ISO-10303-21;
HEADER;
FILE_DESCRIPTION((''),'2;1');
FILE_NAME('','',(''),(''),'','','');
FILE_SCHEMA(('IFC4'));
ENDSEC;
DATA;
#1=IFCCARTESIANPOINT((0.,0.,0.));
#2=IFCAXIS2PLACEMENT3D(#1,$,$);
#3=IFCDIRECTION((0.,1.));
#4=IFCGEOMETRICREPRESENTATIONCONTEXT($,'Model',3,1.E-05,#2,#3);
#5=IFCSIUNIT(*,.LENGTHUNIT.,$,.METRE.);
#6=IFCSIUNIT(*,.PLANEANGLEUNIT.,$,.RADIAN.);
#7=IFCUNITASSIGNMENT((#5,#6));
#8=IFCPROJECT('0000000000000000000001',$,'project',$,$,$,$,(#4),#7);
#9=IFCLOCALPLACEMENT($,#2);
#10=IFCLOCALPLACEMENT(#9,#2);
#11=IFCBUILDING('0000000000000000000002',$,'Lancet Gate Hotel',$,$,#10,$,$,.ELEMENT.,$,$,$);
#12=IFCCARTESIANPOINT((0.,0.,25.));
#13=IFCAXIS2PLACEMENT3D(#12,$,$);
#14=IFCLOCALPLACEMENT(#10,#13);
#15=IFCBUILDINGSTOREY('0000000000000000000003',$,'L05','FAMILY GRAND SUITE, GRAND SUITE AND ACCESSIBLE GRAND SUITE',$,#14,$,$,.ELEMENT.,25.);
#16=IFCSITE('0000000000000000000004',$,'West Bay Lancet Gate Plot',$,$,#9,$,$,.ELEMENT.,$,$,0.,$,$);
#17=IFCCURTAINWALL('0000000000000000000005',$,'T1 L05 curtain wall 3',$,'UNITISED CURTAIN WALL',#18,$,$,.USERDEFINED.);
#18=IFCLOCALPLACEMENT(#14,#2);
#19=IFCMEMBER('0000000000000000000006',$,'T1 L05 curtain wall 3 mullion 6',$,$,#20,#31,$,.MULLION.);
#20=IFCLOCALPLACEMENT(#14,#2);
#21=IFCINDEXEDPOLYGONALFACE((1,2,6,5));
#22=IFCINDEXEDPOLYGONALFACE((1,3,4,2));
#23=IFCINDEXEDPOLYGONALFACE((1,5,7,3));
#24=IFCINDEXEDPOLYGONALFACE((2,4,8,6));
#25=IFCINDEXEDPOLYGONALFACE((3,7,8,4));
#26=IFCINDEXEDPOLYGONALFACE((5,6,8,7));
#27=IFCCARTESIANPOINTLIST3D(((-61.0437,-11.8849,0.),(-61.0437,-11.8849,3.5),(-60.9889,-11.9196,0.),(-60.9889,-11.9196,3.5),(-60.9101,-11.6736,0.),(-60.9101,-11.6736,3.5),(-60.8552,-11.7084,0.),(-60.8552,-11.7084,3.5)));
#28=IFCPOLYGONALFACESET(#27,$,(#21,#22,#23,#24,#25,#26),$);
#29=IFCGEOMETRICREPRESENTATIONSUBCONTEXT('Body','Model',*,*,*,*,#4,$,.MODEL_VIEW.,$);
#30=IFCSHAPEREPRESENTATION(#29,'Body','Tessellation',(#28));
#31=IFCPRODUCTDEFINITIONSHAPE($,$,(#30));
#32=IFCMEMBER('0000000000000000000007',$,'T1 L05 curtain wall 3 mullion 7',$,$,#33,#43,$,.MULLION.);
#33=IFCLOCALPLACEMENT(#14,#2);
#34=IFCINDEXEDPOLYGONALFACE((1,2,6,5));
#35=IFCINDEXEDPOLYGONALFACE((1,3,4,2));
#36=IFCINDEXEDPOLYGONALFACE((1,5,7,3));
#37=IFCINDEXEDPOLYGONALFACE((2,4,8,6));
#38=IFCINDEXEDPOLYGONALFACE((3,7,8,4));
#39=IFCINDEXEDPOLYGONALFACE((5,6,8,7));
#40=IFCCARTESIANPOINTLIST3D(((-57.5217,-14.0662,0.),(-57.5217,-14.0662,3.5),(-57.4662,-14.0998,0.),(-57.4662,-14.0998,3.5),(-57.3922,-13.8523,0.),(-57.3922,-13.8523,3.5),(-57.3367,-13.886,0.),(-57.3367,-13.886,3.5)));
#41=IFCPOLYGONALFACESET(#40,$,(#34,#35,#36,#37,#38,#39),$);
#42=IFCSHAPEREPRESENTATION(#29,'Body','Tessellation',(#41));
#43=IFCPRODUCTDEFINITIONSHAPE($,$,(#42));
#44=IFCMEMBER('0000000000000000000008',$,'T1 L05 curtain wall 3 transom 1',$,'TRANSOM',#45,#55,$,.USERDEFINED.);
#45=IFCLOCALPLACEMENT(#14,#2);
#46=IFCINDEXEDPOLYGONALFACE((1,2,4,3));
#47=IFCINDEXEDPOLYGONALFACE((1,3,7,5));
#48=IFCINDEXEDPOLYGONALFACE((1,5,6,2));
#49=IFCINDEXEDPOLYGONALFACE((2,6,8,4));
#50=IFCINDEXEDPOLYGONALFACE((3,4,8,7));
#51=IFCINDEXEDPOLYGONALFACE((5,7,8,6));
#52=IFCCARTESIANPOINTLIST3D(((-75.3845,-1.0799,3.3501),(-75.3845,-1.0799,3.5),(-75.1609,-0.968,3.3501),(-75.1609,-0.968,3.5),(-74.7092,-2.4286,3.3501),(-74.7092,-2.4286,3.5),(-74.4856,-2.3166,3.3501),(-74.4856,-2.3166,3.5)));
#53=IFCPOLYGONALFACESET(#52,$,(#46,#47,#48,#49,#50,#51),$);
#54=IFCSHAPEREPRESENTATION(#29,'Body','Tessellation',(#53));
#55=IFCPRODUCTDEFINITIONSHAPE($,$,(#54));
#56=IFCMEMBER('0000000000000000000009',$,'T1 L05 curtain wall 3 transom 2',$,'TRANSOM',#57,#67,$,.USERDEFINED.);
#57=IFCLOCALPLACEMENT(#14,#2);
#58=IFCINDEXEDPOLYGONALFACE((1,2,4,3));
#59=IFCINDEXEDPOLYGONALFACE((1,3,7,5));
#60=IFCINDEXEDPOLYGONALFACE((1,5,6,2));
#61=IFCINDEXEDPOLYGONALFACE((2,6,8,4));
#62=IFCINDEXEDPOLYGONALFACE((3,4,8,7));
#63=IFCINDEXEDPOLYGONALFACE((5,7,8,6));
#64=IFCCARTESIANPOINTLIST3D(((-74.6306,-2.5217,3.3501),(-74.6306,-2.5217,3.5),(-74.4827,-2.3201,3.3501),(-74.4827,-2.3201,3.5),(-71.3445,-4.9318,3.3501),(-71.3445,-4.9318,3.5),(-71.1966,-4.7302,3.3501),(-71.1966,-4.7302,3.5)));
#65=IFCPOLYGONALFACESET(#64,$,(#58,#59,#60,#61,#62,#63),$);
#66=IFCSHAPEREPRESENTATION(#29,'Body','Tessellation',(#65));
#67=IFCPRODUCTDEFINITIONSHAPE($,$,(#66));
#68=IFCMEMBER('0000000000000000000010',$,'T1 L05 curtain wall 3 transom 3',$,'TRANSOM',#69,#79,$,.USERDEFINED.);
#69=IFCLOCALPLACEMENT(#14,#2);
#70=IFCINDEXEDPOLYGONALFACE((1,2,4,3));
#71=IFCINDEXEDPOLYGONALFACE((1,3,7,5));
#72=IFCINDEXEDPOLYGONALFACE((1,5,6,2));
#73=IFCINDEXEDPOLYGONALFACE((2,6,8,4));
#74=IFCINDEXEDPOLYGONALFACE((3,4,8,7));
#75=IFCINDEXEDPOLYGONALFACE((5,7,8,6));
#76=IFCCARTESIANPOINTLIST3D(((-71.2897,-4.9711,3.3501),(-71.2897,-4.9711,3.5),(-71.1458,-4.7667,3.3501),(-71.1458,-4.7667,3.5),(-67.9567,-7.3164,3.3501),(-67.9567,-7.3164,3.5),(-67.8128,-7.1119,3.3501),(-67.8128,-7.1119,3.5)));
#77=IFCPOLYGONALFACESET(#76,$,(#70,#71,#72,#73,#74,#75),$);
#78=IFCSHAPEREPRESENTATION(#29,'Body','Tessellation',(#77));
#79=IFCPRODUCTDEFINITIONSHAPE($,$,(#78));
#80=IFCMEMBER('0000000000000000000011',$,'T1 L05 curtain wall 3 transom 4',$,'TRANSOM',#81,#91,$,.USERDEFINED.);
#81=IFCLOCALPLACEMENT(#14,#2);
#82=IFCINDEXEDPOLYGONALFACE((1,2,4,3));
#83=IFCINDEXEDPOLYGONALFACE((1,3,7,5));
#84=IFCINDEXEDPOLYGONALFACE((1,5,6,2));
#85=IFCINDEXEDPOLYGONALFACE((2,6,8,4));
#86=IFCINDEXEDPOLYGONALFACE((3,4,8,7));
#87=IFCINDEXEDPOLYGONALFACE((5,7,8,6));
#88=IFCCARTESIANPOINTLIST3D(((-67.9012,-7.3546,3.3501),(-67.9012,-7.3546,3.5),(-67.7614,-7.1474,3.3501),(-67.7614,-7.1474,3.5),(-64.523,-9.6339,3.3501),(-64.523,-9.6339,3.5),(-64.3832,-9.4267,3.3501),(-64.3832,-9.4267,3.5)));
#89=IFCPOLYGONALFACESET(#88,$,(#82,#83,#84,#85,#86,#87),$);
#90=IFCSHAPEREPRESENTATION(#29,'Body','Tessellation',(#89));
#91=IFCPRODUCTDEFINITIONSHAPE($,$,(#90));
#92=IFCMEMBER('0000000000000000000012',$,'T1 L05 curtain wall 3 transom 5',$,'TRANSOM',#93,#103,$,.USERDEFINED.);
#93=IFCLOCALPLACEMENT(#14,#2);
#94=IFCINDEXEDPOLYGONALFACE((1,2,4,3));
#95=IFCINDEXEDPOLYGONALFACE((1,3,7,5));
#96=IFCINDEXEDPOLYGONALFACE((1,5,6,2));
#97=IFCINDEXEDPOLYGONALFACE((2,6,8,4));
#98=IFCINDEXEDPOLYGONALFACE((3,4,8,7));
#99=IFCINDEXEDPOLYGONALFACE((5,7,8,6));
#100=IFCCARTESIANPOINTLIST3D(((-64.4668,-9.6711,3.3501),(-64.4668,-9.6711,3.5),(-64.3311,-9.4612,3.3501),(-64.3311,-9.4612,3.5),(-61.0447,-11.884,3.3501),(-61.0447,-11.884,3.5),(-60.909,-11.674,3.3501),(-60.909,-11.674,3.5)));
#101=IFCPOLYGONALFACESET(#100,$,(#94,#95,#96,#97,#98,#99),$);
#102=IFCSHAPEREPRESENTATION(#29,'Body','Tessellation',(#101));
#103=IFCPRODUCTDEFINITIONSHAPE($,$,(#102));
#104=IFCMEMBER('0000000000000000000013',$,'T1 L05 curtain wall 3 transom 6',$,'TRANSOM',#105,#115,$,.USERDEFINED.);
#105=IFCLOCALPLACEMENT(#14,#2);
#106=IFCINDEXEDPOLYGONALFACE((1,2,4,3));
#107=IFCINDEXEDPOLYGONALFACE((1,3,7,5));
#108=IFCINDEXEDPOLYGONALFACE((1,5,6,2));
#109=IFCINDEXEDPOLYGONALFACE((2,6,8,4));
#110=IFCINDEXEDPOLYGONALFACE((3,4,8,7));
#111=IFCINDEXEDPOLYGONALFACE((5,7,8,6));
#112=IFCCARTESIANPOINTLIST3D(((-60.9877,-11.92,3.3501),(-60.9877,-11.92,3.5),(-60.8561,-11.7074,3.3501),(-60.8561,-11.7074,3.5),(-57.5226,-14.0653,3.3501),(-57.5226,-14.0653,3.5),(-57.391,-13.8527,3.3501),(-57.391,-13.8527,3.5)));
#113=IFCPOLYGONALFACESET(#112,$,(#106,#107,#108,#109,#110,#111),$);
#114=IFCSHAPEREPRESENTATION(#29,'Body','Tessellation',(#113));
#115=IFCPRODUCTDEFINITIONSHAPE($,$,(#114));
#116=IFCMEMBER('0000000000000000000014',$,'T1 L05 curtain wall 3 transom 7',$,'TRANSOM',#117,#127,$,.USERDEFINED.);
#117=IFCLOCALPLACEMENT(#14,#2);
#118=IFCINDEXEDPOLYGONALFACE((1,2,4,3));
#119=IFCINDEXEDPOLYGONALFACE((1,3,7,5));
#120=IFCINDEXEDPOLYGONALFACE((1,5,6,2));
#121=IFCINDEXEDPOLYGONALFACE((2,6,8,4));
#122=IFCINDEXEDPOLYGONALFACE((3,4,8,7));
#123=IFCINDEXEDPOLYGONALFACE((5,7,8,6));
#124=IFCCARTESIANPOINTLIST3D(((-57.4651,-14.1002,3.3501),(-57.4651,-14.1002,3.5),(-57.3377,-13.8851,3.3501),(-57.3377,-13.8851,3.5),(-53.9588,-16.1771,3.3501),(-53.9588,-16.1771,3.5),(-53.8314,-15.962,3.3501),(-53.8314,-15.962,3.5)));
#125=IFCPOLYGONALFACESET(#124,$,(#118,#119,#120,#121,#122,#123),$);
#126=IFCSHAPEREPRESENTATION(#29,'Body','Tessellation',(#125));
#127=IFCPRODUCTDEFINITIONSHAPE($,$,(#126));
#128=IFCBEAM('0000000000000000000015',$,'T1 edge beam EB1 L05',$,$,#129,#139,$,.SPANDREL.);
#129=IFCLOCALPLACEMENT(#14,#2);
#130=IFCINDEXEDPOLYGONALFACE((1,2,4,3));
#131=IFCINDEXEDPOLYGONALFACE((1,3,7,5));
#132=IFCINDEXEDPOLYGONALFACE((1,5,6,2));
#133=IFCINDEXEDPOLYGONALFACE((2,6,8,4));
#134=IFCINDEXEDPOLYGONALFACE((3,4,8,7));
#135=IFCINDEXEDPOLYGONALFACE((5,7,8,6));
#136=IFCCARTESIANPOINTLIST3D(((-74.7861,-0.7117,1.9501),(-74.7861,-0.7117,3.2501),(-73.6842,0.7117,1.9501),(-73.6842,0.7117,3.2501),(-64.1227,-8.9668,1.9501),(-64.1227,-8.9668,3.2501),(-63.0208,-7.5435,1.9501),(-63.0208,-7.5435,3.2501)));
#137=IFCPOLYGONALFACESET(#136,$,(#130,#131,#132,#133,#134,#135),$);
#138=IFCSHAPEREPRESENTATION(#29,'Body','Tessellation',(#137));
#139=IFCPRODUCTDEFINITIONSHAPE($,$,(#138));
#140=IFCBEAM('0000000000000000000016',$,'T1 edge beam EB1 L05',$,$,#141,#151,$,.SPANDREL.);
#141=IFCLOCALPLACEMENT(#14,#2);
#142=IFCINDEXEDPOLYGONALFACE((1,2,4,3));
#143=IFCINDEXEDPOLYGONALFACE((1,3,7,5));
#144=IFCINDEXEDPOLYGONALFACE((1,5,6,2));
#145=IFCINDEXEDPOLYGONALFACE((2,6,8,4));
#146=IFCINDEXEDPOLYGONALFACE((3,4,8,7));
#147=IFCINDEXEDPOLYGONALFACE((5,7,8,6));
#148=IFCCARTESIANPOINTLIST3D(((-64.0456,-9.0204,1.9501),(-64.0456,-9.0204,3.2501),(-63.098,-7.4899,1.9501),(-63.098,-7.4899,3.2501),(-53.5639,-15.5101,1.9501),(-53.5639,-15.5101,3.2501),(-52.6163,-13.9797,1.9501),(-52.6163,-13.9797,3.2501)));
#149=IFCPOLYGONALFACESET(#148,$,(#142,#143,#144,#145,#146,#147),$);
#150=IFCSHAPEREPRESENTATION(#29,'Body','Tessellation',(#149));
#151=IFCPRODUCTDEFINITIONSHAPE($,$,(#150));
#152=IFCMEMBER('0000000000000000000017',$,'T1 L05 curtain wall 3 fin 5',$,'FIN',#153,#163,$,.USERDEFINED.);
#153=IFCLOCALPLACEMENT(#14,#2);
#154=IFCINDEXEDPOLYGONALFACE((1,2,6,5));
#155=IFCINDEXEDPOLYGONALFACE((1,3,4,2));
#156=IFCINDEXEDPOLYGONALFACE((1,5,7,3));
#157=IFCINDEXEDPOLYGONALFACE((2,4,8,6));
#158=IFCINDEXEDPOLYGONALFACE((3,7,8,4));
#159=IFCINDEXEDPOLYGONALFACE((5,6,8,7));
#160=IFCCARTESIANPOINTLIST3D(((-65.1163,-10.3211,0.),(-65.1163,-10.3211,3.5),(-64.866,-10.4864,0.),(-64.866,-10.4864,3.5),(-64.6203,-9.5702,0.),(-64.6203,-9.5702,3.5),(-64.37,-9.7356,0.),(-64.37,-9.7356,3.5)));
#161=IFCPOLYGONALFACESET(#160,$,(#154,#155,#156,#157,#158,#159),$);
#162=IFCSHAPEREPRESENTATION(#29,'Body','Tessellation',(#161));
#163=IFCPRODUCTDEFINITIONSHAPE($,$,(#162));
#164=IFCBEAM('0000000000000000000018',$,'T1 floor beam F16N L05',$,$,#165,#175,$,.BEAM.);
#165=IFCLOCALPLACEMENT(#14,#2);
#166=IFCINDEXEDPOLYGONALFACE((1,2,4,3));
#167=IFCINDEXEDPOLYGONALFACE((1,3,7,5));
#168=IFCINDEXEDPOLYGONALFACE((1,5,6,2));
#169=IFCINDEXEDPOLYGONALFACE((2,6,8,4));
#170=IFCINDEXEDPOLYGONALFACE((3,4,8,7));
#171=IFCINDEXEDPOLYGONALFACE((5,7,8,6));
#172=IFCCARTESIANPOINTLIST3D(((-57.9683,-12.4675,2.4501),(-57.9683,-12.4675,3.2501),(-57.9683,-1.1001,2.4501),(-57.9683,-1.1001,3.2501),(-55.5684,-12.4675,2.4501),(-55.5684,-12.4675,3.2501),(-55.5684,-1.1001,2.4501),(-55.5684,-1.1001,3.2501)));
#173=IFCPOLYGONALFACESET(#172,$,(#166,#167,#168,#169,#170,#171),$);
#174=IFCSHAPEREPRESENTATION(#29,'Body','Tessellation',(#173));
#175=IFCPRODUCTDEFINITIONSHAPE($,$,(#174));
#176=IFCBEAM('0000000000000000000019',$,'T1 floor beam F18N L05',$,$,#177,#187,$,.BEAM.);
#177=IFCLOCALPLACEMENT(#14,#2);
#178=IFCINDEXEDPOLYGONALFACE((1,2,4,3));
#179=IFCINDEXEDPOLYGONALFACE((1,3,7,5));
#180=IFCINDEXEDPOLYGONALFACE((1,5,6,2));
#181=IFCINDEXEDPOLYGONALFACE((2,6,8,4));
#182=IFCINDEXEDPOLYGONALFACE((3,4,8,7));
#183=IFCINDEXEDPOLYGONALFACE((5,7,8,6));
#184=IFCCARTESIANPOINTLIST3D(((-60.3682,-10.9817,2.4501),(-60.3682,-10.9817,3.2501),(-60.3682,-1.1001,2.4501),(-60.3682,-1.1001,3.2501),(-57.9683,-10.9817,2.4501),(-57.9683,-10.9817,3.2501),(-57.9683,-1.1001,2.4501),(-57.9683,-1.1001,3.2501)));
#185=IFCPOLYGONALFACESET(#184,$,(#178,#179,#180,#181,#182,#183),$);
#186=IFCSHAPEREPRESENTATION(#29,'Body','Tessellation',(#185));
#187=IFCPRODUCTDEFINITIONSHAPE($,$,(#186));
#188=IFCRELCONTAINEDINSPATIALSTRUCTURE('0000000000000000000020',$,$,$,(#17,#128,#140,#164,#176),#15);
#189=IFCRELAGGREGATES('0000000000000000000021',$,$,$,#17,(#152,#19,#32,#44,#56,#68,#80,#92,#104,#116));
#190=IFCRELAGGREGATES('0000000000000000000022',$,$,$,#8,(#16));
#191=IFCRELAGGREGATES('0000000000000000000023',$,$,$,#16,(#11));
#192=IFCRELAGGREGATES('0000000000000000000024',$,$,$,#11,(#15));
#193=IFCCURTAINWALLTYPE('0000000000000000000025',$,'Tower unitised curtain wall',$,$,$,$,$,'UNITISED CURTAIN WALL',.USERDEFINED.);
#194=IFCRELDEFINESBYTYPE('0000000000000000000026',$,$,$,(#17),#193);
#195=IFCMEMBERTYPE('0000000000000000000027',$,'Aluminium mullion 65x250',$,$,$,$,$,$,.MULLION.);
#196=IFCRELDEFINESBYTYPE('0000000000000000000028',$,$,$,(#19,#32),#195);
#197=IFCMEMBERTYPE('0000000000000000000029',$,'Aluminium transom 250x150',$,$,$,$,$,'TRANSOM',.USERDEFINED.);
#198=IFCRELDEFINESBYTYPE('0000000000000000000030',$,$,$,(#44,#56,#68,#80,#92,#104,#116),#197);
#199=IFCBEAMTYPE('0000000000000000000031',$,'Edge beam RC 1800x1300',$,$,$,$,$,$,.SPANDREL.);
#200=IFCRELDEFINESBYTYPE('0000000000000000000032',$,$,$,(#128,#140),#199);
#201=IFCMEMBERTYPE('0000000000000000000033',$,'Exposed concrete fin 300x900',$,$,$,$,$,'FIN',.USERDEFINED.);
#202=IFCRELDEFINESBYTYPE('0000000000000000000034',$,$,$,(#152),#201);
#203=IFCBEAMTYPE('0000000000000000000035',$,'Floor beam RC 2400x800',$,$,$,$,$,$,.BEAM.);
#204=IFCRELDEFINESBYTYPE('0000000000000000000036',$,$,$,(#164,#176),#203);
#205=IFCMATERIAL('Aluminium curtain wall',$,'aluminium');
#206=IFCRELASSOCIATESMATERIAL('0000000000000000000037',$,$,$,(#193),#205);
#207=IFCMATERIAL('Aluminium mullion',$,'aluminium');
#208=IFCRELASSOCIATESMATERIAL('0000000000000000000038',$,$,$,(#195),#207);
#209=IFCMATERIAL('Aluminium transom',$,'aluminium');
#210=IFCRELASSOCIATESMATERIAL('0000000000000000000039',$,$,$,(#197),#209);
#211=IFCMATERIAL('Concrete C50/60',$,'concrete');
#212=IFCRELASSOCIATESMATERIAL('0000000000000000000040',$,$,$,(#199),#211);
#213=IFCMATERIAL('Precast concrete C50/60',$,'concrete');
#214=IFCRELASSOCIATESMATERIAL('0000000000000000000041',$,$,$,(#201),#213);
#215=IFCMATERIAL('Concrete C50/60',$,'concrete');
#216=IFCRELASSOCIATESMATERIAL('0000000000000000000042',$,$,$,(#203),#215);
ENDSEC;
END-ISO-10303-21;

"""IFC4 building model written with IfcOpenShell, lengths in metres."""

from ifc_helpers import new_model, si_unit, direction, frame, origin, origin_2d, place, context, subcontext, project, spatial, rectangle, extrude, material, material_profile, profile_set, type_object, element, aggregate, save


model = new_model("IFC4")

# Units and contexts
model_context = context("Model", 3, precision=1e-05, world=origin(), true_north=direction((0.0, 1.0)))
body_context = subcontext(model_context, "Body", "Model", "MODEL_VIEW")
ifc_project = project(units=[si_unit("LENGTHUNIT", "METRE"), si_unit("PLANEANGLEUNIT", "RADIAN")], contexts=[model_context])

# Site, building, storey
site_placement = place(None, origin())
site = spatial("IfcSite", under=ifc_project, at=site_placement, Name="West Bay Lancet Gate Plot", CompositionType="ELEMENT", RefElevation=0.0)
building_placement = place(site_placement, origin())
building = spatial("IfcBuilding", under=site, at=building_placement, Name="Lancet Gate Hotel", CompositionType="ELEMENT")
storey_placement = place(building_placement, frame((0.0, 0.0, 25.0)))
storey = spatial("IfcBuildingStorey", under=building, at=storey_placement, Name="L05", Description="FAMILY GRAND SUITE, GRAND SUITE AND ACCESSIBLE GRAND SUITE", CompositionType="ELEMENT", Elevation=25.0)

# Curtain wall, members
ifc_material_1 = material(Name="Aluminium curtain wall", Category="aluminium")
curtain_wall_type = type_object("IfcCurtainWallType", Name="Tower unitised curtain wall", ElementType="UNITISED CURTAIN WALL", PredefinedType="USERDEFINED", material=ifc_material_1)
curtain_wall_placement = place(storey_placement, origin())
curtain_wall = element("IfcCurtainWall", 1, at=curtain_wall_placement, inside=storey, type_object=curtain_wall_type, Name="T1 L05 curtain wall 3", ObjectType="UNITISED CURTAIN WALL", PredefinedType="USERDEFINED")
ifc_material_2 = material(Name="Aluminium mullion", Category="aluminium")
ifc_material_profile_1 = material_profile(ifc_material_2, rectangle(XDim=0.0649, YDim=0.25, at=origin_2d()), Name="MULLION 65x250")
ifc_profile_set_1 = profile_set([ifc_material_profile_1], Name="Aluminium mullion")
member_type_1 = type_object("IfcMemberType", Name="Aluminium mullion 65x250", PredefinedType="MULLION", material=ifc_profile_set_1)
member_1_placement = place(storey_placement, frame((-60.9495, -11.7966, 0.0), z_axis=(0.0, 0.0, 1.0), x_axis=(0.845029, -0.53472, 0.0)))
member_1 = element("IfcMember", 2, at=member_1_placement, type_object=member_type_1, Name="T1 L05 curtain wall 3 mullion 6", PredefinedType="MULLION", context=body_context, shape_type="SweptSolid", body=[
    extrude(rectangle(XDim=0.0649, YDim=0.25, at=origin_2d()), origin(), (0.0, 0.0, 1.0), 3.5),
])
member_2_placement = place(storey_placement, frame((-57.4292, -13.9761, 0.0), z_axis=(0.0, 0.0, 1.0), x_axis=(0.855346, -0.518057, 0.0)))
member_2 = element("IfcMember", 3, at=member_2_placement, type_object=member_type_1, Name="T1 L05 curtain wall 3 mullion 7", PredefinedType="MULLION", context=body_context, shape_type="SweptSolid", body=[
    extrude(rectangle(XDim=0.0649, YDim=0.25, at=origin_2d()), origin(), (0.0, 0.0, 1.0), 3.5),
])
ifc_material_3 = material(Name="Aluminium transom", Category="aluminium")
ifc_material_profile_2 = material_profile(ifc_material_3, rectangle(XDim=0.25, YDim=0.1499, at=origin_2d()), Name="TRANSOM 250x150")
ifc_profile_set_2 = profile_set([ifc_material_profile_2], Name="Aluminium transom")
member_type_2 = type_object("IfcMemberType", Name="Aluminium transom 250x150", ElementType="TRANSOM", PredefinedType="USERDEFINED", material=ifc_profile_set_2)
member_3_placement = place(storey_placement, frame((-75.2727, -1.0239, 3.425), z_axis=(0.447732, -0.894168, 0.0), x_axis=(0.894168, 0.447732, 0.0)))
member_3 = element("IfcMember", 4, at=member_3_placement, type_object=member_type_2, Name="T1 L05 curtain wall 3 transom 1", ObjectType="TRANSOM", PredefinedType="USERDEFINED", context=body_context, shape_type="SweptSolid", body=[
    extrude(rectangle(XDim=0.25, YDim=0.1499, at=origin_2d()), origin(), (0.0, 0.0, 1.0), 1.5083),
])
member_4_placement = place(storey_placement, frame((-74.5566, -2.4209, 3.425), z_axis=(0.806367, -0.591416, 0.0), x_axis=(0.591416, 0.806367, 0.0)))
member_4 = element("IfcMember", 5, at=member_4_placement, type_object=member_type_2, Name="T1 L05 curtain wall 3 transom 2", ObjectType="TRANSOM", PredefinedType="USERDEFINED", context=body_context, shape_type="SweptSolid", body=[
    extrude(rectangle(XDim=0.25, YDim=0.1499, at=origin_2d()), origin(), (0.0, 0.0, 1.0), 4.0752),
])
member_5_placement = place(storey_placement, frame((-71.2178, -4.8689, 3.425), z_axis=(0.817834, -0.575455, 0.0), x_axis=(0.575455, 0.817834, 0.0)))
member_5 = element("IfcMember", 6, at=member_5_placement, type_object=member_type_2, Name="T1 L05 curtain wall 3 transom 3", ObjectType="TRANSOM", PredefinedType="USERDEFINED", context=body_context, shape_type="SweptSolid", body=[
    extrude(rectangle(XDim=0.25, YDim=0.1499, at=origin_2d()), origin(), (0.0, 0.0, 1.0), 4.0754),
])
member_6_placement = place(storey_placement, frame((-67.8313, -7.251, 3.425), z_axis=(0.828959, -0.559309, 0.0), x_axis=(0.559309, 0.828959, 0.0)))
member_6 = element("IfcMember", 7, at=member_6_placement, type_object=member_type_2, Name="T1 L05 curtain wall 3 transom 4", ObjectType="TRANSOM", PredefinedType="USERDEFINED", context=body_context, shape_type="SweptSolid", body=[
    extrude(rectangle(XDim=0.25, YDim=0.1499, at=origin_2d()), origin(), (0.0, 0.0, 1.0), 4.0752),
])
member_7_placement = place(storey_placement, frame((-64.3989, -9.5662, 3.425), z_axis=(0.839729, -0.543005, 0.0), x_axis=(0.543005, 0.839729, 0.0)))
member_7 = element("IfcMember", 8, at=member_7_placement, type_object=member_type_2, Name="T1 L05 curtain wall 3 transom 5", ObjectType="TRANSOM", PredefinedType="USERDEFINED", context=body_context, shape_type="SweptSolid", body=[
    extrude(rectangle(XDim=0.25, YDim=0.1499, at=origin_2d()), origin(), (0.0, 0.0, 1.0), 4.0752),
])
member_8_placement = place(storey_placement, frame((-60.9219, -11.8137, 3.425), z_axis=(0.850242, -0.526392, 0.0), x_axis=(0.526392, 0.850242, 0.0)))
member_8 = element("IfcMember", 9, at=member_8_placement, type_object=member_type_2, Name="T1 L05 curtain wall 3 transom 6", ObjectType="TRANSOM", PredefinedType="USERDEFINED", context=body_context, shape_type="SweptSolid", body=[
    extrude(rectangle(XDim=0.25, YDim=0.1499, at=origin_2d()), origin(), (0.0, 0.0, 1.0), 4.0754),
])
member_9_placement = place(storey_placement, frame((-57.4014, -13.9927, 3.425), z_axis=(0.860392, -0.509633, 0.0), x_axis=(0.509633, 0.860392, 0.0)))
member_9 = element("IfcMember", 10, at=member_9_placement, type_object=member_type_2, Name="T1 L05 curtain wall 3 transom 7", ObjectType="TRANSOM", PredefinedType="USERDEFINED", context=body_context, shape_type="SweptSolid", body=[
    extrude(rectangle(XDim=0.25, YDim=0.1499, at=origin_2d()), origin(), (0.0, 0.0, 1.0), 4.0752),
])

# Beams
ifc_material_4 = material(Name="Concrete C50/60", Category="concrete")
ifc_material_profile_3 = material_profile(ifc_material_4, rectangle(XDim=1.8, YDim=1.3, at=origin_2d()), Name="RC 1800x1300")
ifc_profile_set_3 = profile_set([ifc_material_profile_3], Name="Concrete C50/60")
beam_type_1 = type_object("IfcBeamType", Name="Edge beam RC 1800x1300", PredefinedType="SPANDREL", material=ifc_profile_set_3)
beam_1_placement = place(storey_placement, frame((-74.2351, 0.0, 2.6001), z_axis=(0.790736, -0.612157, 0.0), x_axis=(0.612157, 0.790736, 0.0)))
element("IfcBeam", 11, at=beam_1_placement, inside=storey, type_object=beam_type_1, Name="T1 edge beam EB1 L05", PredefinedType="SPANDREL", context=body_context, shape_type="SweptSolid", body=[
    extrude(rectangle(XDim=1.8, YDim=1.3, at=origin_2d()), origin(), (0.0, 0.0, 1.0), 13.4854),
])
beam_2_placement = place(storey_placement, frame((-63.5718, -8.2551, 2.6001), z_axis=(0.850226, -0.526418, 0.0), x_axis=(0.526418, 0.850226, 0.0)))
element("IfcBeam", 12, at=beam_2_placement, inside=storey, type_object=beam_type_1, Name="T1 edge beam EB1 L05", PredefinedType="SPANDREL", context=body_context, shape_type="SweptSolid", body=[
    extrude(rectangle(XDim=1.8, YDim=1.3, at=origin_2d()), origin(), (0.0, 0.0, 1.0), 12.3281),
])

# Member
ifc_material_5 = material(Name="Precast concrete C50/60", Category="concrete")
ifc_material_profile_4 = material_profile(ifc_material_5, rectangle(XDim=0.3, YDim=0.8999, at=origin_2d()), Name="FIN 300x900")
ifc_profile_set_4 = profile_set([ifc_material_profile_4], Name="Precast concrete C50/60")
member_type_3 = type_object("IfcMemberType", Name="Exposed concrete fin 300x900", ElementType="FIN", PredefinedType="USERDEFINED", material=ifc_profile_set_4)
member_10_placement = place(storey_placement, frame((-64.7432, -10.0283, 0.0), z_axis=(0.0, 0.0, 1.0), x_axis=(0.834387, -0.551178, 0.0)))
member_10 = element("IfcMember", 13, at=member_10_placement, type_object=member_type_3, Name="T1 L05 curtain wall 3 fin 5", ObjectType="FIN", PredefinedType="USERDEFINED", context=body_context, shape_type="SweptSolid", body=[
    extrude(rectangle(XDim=0.3, YDim=0.8999, at=origin_2d()), origin(), (0.0, 0.0, 1.0), 3.5),
])

# Beams
ifc_material_6 = material(Name="Concrete C50/60", Category="concrete")
ifc_material_profile_5 = material_profile(ifc_material_6, rectangle(XDim=2.3999, YDim=0.8, at=origin_2d()), Name="RC 2400x800")
ifc_profile_set_5 = profile_set([ifc_material_profile_5], Name="Concrete C50/60")
beam_type_2 = type_object("IfcBeamType", Name="Floor beam RC 2400x800", PredefinedType="BEAM", material=ifc_profile_set_5)
beam_3_placement = place(storey_placement, frame((-56.7683, -1.1001, 2.8501), z_axis=(0.0, -1.0, 0.0), x_axis=(1.0, 0.0, 0.0)))
element("IfcBeam", 14, at=beam_3_placement, inside=storey, type_object=beam_type_2, Name="T1 floor beam F16N L05", PredefinedType="BEAM", context=body_context, shape_type="SweptSolid", body=[
    extrude(rectangle(XDim=2.3999, YDim=0.8, at=origin_2d()), origin(), (0.0, 0.0, 1.0), 11.3674),
])
beam_4_placement = place(storey_placement, frame((-59.1682, -1.1001, 2.8501), z_axis=(0.0, -1.0, 0.0), x_axis=(1.0, 0.0, 0.0)))
element("IfcBeam", 15, at=beam_4_placement, inside=storey, type_object=beam_type_2, Name="T1 floor beam F18N L05", PredefinedType="BEAM", context=body_context, shape_type="SweptSolid", body=[
    extrude(rectangle(XDim=2.3999, YDim=0.8, at=origin_2d()), origin(), (0.0, 0.0, 1.0), 9.8816),
])

aggregate(curtain_wall, [member_10, member_1, member_2, member_3, member_4, member_5, member_6, member_7, member_8, member_9])

save(model, "model.ifc")
